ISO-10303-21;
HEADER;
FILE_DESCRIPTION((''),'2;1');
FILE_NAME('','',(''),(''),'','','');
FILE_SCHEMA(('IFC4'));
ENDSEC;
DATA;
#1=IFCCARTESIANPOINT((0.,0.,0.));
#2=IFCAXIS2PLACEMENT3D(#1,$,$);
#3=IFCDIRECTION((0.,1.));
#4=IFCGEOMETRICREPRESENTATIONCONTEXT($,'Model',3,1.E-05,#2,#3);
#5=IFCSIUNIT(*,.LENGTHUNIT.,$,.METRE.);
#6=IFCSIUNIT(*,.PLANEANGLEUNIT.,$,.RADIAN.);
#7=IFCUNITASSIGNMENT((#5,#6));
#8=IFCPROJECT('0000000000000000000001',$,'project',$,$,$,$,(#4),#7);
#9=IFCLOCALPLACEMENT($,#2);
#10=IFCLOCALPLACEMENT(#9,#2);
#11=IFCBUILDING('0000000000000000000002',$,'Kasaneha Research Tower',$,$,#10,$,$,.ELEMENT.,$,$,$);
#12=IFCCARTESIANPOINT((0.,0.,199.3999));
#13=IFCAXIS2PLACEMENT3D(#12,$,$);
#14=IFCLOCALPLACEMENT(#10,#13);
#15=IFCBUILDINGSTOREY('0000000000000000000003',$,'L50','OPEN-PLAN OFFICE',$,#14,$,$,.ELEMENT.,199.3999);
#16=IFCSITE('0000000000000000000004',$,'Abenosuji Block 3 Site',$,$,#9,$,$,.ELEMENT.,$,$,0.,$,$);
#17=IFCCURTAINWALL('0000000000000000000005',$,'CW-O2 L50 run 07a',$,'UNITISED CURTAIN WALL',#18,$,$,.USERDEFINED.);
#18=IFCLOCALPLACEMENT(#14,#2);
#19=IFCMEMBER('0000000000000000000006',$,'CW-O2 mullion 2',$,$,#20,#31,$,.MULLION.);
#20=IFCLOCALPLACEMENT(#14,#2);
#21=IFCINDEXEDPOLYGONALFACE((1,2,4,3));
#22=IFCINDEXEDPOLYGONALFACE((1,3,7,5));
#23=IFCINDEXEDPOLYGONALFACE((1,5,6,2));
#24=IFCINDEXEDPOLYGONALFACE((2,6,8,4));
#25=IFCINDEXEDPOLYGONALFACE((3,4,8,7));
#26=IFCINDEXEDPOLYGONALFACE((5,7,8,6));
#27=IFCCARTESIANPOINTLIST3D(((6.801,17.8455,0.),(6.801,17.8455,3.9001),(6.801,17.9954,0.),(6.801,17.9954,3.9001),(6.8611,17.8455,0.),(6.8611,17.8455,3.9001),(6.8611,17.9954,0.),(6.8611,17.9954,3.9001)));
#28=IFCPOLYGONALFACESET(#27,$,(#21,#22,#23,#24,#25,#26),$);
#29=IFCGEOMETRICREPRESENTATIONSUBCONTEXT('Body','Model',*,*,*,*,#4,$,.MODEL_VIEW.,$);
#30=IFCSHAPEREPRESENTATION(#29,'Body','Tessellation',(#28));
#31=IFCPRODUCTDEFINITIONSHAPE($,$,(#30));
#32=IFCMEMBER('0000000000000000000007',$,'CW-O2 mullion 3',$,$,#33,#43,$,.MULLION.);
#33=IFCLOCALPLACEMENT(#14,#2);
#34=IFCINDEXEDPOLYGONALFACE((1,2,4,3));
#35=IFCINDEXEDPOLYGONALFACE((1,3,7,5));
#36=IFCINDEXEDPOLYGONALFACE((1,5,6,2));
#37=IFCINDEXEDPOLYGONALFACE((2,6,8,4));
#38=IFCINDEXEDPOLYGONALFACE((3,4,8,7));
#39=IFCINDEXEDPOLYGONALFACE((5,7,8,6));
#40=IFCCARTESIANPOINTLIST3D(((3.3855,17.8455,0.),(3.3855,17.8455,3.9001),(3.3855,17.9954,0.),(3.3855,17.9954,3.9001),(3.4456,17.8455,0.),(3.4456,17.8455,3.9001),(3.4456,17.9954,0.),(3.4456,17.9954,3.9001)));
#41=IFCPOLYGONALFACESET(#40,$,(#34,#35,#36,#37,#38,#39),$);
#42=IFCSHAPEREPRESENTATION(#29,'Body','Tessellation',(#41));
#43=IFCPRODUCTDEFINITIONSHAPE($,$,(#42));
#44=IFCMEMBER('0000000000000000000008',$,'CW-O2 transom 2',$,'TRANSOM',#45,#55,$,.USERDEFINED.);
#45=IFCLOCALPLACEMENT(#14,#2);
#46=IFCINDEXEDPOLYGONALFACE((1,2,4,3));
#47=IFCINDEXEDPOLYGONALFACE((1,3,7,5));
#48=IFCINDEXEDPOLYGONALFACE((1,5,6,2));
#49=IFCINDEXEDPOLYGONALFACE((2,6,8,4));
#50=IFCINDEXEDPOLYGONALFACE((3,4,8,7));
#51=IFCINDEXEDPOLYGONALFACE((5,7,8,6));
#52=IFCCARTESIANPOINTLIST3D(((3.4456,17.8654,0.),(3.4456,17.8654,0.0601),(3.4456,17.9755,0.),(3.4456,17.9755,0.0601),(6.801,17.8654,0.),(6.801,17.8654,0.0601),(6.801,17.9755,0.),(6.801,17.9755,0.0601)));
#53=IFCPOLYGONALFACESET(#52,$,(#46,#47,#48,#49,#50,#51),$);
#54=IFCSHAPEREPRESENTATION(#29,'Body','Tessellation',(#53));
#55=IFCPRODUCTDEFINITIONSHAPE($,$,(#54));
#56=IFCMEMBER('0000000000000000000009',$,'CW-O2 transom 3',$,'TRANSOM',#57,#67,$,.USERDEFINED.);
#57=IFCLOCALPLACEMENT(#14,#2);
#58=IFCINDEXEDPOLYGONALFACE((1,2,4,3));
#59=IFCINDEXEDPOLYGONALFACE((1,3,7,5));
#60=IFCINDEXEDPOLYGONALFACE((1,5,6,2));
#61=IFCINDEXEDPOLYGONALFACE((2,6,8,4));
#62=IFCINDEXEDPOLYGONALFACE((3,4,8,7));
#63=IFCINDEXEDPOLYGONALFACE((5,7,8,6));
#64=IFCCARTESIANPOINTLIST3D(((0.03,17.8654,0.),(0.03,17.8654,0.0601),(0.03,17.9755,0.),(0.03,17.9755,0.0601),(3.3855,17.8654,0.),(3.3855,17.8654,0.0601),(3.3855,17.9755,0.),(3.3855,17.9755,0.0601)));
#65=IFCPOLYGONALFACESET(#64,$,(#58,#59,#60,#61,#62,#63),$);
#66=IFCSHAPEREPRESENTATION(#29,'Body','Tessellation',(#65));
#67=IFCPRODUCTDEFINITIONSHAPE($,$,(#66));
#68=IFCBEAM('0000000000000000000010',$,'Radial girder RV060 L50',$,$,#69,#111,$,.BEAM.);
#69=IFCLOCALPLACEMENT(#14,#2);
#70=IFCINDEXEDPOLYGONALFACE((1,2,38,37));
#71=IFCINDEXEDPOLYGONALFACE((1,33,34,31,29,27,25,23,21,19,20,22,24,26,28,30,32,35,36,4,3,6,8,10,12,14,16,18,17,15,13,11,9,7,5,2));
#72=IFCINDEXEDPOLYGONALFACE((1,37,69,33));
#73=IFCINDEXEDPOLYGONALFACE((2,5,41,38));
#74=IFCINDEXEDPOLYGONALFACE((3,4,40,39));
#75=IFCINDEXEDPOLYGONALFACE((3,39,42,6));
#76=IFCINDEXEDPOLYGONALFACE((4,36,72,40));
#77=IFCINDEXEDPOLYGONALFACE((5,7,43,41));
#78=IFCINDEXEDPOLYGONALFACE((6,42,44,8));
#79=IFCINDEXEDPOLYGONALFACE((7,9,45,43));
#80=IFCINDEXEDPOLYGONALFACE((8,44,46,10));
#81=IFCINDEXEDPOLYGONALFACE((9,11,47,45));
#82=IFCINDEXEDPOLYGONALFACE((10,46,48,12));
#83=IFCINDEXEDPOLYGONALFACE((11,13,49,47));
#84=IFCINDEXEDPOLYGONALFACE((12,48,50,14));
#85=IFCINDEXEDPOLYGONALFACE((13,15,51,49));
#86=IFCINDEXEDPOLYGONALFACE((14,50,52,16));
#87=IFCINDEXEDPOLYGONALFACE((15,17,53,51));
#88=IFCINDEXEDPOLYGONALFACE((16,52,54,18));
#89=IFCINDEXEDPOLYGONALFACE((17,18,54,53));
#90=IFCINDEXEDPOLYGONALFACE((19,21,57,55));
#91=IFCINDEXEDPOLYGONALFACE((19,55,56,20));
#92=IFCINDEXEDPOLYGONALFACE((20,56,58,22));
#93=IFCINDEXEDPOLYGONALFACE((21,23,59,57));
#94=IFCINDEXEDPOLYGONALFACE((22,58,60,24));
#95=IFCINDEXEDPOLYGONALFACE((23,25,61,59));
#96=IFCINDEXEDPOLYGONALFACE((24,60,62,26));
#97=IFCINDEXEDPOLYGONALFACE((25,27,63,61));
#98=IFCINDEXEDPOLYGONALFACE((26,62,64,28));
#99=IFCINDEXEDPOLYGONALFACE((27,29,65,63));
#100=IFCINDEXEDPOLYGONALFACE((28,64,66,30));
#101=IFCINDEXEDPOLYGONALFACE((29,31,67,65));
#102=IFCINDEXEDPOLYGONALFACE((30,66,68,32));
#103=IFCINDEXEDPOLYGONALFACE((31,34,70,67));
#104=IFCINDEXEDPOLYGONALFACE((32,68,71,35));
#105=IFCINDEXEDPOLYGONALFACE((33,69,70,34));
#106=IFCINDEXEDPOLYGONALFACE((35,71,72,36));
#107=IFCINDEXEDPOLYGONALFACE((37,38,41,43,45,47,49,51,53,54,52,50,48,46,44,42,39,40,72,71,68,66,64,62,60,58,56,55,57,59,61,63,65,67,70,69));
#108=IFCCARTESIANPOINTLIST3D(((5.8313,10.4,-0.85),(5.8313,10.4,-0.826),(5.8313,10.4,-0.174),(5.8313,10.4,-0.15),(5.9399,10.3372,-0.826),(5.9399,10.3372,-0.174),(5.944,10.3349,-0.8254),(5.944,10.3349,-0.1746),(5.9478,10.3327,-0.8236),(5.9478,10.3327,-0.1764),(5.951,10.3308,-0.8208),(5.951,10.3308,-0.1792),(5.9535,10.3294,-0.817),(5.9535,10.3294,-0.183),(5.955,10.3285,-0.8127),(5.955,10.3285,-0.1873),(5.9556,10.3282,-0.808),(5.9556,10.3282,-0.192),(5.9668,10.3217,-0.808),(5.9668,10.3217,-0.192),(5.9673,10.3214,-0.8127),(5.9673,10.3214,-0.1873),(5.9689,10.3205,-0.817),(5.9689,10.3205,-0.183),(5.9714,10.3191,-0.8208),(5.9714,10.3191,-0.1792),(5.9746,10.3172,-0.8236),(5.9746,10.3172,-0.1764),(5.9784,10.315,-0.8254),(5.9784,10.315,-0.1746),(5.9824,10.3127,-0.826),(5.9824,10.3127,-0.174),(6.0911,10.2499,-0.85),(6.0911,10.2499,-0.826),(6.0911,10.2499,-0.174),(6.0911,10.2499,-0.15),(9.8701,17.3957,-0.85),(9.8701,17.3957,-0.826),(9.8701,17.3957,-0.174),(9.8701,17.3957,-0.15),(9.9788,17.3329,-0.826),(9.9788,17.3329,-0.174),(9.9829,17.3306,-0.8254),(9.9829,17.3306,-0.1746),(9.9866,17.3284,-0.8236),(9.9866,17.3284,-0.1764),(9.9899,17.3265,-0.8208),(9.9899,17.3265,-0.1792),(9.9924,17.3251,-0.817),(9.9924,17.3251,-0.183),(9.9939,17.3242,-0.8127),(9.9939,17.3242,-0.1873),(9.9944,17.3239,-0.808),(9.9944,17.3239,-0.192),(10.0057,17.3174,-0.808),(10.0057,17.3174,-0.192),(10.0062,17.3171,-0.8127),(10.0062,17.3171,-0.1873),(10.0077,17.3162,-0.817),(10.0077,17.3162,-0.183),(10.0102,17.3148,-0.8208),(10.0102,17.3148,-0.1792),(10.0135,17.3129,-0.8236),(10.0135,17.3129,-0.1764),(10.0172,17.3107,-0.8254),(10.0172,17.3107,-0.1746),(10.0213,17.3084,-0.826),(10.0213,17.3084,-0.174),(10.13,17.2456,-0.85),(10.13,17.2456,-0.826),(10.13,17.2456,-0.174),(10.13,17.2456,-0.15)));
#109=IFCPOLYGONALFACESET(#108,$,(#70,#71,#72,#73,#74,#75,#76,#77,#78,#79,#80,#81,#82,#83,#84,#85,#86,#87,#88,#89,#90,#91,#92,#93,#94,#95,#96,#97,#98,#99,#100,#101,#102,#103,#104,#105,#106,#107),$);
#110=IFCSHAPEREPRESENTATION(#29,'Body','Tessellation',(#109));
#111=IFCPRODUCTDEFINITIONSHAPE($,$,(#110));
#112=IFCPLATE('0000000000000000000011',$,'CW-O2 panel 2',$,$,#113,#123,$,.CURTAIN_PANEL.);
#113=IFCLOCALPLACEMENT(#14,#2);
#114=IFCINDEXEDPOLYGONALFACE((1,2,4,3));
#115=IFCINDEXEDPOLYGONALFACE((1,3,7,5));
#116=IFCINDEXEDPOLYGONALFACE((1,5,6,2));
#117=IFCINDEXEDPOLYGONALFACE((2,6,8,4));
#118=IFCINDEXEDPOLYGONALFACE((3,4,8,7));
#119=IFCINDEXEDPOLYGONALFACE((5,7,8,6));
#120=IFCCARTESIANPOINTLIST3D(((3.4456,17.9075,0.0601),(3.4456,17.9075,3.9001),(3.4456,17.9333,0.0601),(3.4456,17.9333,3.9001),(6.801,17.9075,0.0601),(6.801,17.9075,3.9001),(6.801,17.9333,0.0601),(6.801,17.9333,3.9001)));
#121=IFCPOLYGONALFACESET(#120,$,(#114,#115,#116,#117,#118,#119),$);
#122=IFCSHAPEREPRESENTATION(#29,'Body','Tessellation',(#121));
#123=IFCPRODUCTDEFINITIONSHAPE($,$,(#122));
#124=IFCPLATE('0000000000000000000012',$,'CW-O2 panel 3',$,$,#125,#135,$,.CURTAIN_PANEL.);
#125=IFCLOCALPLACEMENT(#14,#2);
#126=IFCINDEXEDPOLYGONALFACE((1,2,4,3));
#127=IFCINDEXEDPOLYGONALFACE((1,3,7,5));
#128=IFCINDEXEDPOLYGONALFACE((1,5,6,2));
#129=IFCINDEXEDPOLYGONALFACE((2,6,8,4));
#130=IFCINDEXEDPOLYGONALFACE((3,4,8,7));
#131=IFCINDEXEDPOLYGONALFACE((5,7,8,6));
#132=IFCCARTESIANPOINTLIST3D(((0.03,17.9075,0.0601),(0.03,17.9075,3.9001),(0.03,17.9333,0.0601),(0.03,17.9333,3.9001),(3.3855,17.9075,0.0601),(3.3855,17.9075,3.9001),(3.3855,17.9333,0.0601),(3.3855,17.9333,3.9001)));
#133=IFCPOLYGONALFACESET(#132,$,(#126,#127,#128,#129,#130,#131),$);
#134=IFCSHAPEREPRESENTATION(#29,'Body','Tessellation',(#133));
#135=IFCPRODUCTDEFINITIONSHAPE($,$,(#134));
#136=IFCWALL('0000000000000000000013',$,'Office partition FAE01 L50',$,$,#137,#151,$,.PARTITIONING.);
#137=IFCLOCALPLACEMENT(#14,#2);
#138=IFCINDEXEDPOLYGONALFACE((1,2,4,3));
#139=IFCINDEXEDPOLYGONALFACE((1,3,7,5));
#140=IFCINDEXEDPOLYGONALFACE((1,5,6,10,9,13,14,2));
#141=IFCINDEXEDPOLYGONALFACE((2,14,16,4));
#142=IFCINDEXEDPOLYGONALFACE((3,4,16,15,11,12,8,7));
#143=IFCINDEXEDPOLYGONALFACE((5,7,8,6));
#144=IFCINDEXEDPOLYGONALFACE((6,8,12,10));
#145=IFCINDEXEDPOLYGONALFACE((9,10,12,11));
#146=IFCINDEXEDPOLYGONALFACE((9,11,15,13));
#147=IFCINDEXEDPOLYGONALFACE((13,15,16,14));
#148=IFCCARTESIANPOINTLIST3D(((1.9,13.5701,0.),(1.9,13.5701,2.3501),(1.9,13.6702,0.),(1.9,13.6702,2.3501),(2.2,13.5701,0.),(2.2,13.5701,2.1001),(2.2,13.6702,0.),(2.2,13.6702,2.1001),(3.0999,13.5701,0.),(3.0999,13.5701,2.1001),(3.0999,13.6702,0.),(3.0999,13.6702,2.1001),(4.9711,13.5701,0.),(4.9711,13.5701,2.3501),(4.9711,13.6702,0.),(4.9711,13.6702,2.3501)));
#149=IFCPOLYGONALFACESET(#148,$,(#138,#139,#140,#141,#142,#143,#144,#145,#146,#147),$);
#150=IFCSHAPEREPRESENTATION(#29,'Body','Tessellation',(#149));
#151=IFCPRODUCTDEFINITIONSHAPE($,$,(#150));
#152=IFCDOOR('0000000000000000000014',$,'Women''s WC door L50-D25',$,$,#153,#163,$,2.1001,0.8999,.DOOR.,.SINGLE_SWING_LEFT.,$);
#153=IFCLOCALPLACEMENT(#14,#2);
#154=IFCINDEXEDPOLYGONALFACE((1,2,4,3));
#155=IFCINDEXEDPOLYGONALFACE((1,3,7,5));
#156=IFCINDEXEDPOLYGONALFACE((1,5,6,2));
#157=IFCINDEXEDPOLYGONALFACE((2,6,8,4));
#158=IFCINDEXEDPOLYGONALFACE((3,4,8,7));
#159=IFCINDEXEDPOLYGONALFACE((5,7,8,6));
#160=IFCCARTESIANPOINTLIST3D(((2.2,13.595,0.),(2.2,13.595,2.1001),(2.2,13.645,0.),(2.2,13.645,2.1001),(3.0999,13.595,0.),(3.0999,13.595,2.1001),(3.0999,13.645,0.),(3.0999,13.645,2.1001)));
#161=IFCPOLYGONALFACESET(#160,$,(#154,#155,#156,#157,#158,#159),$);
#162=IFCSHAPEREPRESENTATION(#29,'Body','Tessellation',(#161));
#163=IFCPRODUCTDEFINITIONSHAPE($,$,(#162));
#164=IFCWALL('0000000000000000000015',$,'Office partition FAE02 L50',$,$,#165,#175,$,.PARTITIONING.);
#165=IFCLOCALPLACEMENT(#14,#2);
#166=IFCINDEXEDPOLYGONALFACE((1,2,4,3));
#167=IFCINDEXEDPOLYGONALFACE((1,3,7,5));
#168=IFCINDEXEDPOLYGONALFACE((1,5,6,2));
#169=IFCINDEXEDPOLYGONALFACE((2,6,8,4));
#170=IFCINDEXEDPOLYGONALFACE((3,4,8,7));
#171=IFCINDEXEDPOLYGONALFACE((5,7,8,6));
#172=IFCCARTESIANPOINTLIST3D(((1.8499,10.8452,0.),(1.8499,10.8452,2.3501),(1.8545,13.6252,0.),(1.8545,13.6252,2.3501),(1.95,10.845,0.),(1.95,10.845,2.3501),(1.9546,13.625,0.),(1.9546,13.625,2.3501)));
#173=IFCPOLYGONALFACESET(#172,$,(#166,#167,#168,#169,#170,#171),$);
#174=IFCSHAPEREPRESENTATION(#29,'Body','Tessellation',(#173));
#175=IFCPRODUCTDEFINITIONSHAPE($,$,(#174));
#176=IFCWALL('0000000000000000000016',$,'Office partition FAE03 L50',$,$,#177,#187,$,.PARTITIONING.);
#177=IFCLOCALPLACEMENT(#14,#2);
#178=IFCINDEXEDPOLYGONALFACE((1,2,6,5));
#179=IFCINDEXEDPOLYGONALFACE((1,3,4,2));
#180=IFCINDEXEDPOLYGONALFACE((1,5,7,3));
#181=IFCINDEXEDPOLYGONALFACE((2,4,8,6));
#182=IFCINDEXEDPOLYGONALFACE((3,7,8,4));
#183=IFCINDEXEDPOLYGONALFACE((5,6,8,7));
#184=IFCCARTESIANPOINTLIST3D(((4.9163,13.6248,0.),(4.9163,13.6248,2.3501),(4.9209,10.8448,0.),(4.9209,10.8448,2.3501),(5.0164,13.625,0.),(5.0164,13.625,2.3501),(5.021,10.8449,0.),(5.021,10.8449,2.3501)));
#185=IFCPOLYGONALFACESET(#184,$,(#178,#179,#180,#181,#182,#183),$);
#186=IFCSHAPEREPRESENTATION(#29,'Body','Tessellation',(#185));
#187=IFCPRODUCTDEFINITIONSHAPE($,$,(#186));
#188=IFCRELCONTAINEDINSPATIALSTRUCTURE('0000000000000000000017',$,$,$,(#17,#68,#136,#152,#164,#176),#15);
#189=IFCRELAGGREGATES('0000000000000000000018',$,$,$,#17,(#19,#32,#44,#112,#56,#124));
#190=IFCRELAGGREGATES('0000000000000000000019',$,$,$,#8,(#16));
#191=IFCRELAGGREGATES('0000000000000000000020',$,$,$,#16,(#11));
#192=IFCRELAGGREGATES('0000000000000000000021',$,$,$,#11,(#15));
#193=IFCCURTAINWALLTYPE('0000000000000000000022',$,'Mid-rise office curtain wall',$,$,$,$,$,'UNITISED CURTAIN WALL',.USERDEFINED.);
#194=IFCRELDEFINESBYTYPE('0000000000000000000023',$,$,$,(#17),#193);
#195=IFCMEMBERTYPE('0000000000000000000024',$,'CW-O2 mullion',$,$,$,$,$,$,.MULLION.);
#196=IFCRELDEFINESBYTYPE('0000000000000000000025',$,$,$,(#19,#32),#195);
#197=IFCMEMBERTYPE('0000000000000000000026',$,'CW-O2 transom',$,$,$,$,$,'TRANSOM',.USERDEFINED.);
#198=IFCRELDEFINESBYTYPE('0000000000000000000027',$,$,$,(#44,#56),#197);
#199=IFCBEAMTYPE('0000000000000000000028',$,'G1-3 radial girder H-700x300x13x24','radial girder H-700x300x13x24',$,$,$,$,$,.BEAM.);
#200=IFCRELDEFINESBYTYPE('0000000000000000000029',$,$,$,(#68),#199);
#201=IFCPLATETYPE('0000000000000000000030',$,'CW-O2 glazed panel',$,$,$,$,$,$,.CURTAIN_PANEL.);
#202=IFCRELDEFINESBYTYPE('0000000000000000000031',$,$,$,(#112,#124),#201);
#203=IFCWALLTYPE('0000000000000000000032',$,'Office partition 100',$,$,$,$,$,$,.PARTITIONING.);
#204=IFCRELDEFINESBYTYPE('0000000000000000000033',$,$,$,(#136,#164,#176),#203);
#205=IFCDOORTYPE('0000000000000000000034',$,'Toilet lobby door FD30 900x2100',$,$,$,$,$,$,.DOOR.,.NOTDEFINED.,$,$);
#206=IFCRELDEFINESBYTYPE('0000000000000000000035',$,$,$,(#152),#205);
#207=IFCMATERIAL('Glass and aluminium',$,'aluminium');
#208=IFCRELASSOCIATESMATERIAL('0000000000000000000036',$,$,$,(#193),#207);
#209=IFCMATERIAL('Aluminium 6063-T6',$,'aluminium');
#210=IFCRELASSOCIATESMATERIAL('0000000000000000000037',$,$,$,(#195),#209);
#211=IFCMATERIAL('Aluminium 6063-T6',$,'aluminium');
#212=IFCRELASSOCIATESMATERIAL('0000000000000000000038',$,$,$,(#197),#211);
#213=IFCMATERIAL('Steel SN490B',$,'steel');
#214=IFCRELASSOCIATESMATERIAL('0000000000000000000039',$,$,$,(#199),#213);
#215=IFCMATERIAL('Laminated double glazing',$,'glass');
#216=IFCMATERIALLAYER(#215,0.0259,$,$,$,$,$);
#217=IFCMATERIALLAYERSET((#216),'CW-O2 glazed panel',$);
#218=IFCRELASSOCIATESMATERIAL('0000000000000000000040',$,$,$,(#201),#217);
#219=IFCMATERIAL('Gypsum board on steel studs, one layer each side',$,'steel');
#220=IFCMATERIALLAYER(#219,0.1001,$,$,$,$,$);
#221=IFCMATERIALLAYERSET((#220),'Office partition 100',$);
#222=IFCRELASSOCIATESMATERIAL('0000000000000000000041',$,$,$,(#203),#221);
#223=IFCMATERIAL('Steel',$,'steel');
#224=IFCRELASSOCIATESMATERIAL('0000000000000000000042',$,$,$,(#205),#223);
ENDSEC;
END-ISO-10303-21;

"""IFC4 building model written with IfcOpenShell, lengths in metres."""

from ifc_helpers import new_model, si_unit, direction, frame, frame_2d, origin, origin_2d, place, context, subcontext, project, spatial, rectangle, i_section, extrude, material, layer, layer_set, material_profile, profile_set, type_object, element, fill, aggregate, save


model = new_model("IFC4")

# Units and contexts
model_context = context("Model", 3, precision=1e-05, world=origin(), true_north=direction((0.0, 1.0)))
body_context = subcontext(model_context, "Body", "Model", "MODEL_VIEW")
ifc_project = project(units=[si_unit("LENGTHUNIT", "METRE"), si_unit("PLANEANGLEUNIT", "RADIAN")], contexts=[model_context])

# Site, building, storey
site_placement = place(None, origin())
site = spatial("IfcSite", under=ifc_project, at=site_placement, Name="Abenosuji Block 3 Site", CompositionType="ELEMENT", RefElevation=0.0)
building_placement = place(site_placement, origin())
building = spatial("IfcBuilding", under=site, at=building_placement, Name="Kasaneha Research Tower", CompositionType="ELEMENT")
storey_placement = place(building_placement, frame((0.0, 0.0, 199.3999)))
storey = spatial("IfcBuildingStorey", under=building, at=storey_placement, Name="L50", Description="OPEN-PLAN OFFICE", CompositionType="ELEMENT", Elevation=199.3999)

# Curtain wall, members
ifc_material_1 = material(Name="Glass and aluminium", Category="aluminium")
curtain_wall_type = type_object("IfcCurtainWallType", Name="Mid-rise office curtain wall", ElementType="UNITISED CURTAIN WALL", PredefinedType="USERDEFINED", material=ifc_material_1)
curtain_wall_placement = place(storey_placement, origin())
curtain_wall = element("IfcCurtainWall", 1, at=curtain_wall_placement, inside=storey, type_object=curtain_wall_type, Name="CW-O2 L50 run 07a", ObjectType="UNITISED CURTAIN WALL", PredefinedType="USERDEFINED")
ifc_material_2 = material(Name="Aluminium 6063-T6", Category="aluminium")
ifc_material_profile_1 = material_profile(ifc_material_2, rectangle(XDim=0.0601, YDim=0.1499, at=origin_2d()), Name="CW-O2 mullion 60x150")
ifc_profile_set_1 = profile_set([ifc_material_profile_1], Name="Aluminium 6063-T6")
member_type_1 = type_object("IfcMemberType", Name="CW-O2 mullion", PredefinedType="MULLION", material=ifc_profile_set_1)
member_1_placement = place(storey_placement, frame((6.8311, 17.9204, 0.0), z_axis=(0.0, 0.0, 1.0), x_axis=(-1.0, 0.0, 0.0)))
member_1 = element("IfcMember", 2, at=member_1_placement, type_object=member_type_1, Name="CW-O2 mullion 2", PredefinedType="MULLION", context=body_context, shape_type="SweptSolid", body=[
    extrude(rectangle(XDim=0.0601, YDim=0.1499, at=origin_2d()), origin(), (0.0, 0.0, 1.0), 3.9001),
])
member_2_placement = place(storey_placement, frame((3.4155, 17.9204, 0.0), z_axis=(0.0, 0.0, 1.0), x_axis=(-1.0, 0.0, 0.0)))
member_2 = element("IfcMember", 3, at=member_2_placement, type_object=member_type_1, Name="CW-O2 mullion 3", PredefinedType="MULLION", context=body_context, shape_type="SweptSolid", body=[
    extrude(rectangle(XDim=0.0601, YDim=0.1499, at=origin_2d()), origin(), (0.0, 0.0, 1.0), 3.9001),
])
ifc_material_3 = material(Name="Aluminium 6063-T6", Category="aluminium")
ifc_material_profile_2 = material_profile(ifc_material_3, rectangle(XDim=0.1101, YDim=0.0601, at=origin_2d()), Name="CW-O2 transom 110x60")
ifc_profile_set_2 = profile_set([ifc_material_profile_2], Name="Aluminium 6063-T6")
member_type_2 = type_object("IfcMemberType", Name="CW-O2 transom", ElementType="TRANSOM", PredefinedType="USERDEFINED", material=ifc_profile_set_2)
member_3_placement = place(storey_placement, frame((6.801, 17.9204, 0.03), z_axis=(-1.0, 0.0, 0.0), x_axis=(0.0, -1.0, 0.0)))
member_3 = element("IfcMember", 4, at=member_3_placement, type_object=member_type_2, Name="CW-O2 transom 2", ObjectType="TRANSOM", PredefinedType="USERDEFINED", context=body_context, shape_type="SweptSolid", body=[
    extrude(rectangle(XDim=0.1101, YDim=0.0601, at=origin_2d()), origin(), (0.0, 0.0, 1.0), 3.3555),
])
member_4_placement = place(storey_placement, frame((3.3855, 17.9204, 0.03), z_axis=(-1.0, 0.0, 0.0), x_axis=(0.0, -1.0, 0.0)))
member_4 = element("IfcMember", 5, at=member_4_placement, type_object=member_type_2, Name="CW-O2 transom 3", ObjectType="TRANSOM", PredefinedType="USERDEFINED", context=body_context, shape_type="SweptSolid", body=[
    extrude(rectangle(XDim=0.1101, YDim=0.0601, at=origin_2d()), origin(), (0.0, 0.0, 1.0), 3.3555),
])

# Beam
ifc_material_4 = material(Name="Steel SN490B", Category="steel")
ifc_material_profile_3 = material_profile(ifc_material_4, i_section(OverallWidth=0.3, OverallDepth=0.7, WebThickness=0.0129, FlangeThickness=0.0239, FilletRadius=0.0181, at=origin_2d()), Name="H-700x300x13x24")
ifc_profile_set_3 = profile_set([ifc_material_profile_3], Name="Steel SN490B")
beam_type = type_object("IfcBeamType", Name="G1-3 radial girder H-700x300x13x24", Description="radial girder H-700x300x13x24", PredefinedType="BEAM", material=ifc_profile_set_3)
beam_placement = place(storey_placement, frame((5.9612, 10.325, -0.5), z_axis=(0.499991, 0.866031, 0.0), x_axis=(-0.866031, 0.499991, 0.0)))
element("IfcBeam", 6, at=beam_placement, inside=storey, type_object=beam_type, Name="Radial girder RV060 L50", PredefinedType="BEAM", context=body_context, shape_type="SweptSolid", body=[
    extrude(i_section(OverallWidth=0.3, OverallDepth=0.7, WebThickness=0.0129, FlangeThickness=0.0239, FilletRadius=0.0181, at=origin_2d()), origin(), (0.0, 0.0, 1.0), 8.0779),
])

# Plates
ifc_material_5 = material(Name="Laminated double glazing", Category="glass")
ifc_layer_1 = layer(ifc_material_5, 0.0259)
ifc_layer_set_1 = layer_set([ifc_layer_1], Name="CW-O2 glazed panel")
plate_type = type_object("IfcPlateType", Name="CW-O2 glazed panel", PredefinedType="CURTAIN_PANEL", material=ifc_layer_set_1)
plate_1_placement = place(storey_placement, frame((5.1233, 17.9204, 0.0601), z_axis=(0.0, 0.0, 1.0), x_axis=(-1.0, 0.0, 0.0)))
plate_1 = element("IfcPlate", 7, at=plate_1_placement, type_object=plate_type, Name="CW-O2 panel 2", PredefinedType="CURTAIN_PANEL", context=body_context, shape_type="SweptSolid", body=[
    extrude(rectangle(XDim=3.3555, YDim=0.0259, at=origin_2d()), origin(), (0.0, 0.0, 1.0), 3.8401),
])
plate_2_placement = place(storey_placement, frame((1.7078, 17.9204, 0.0601), z_axis=(0.0, 0.0, 1.0), x_axis=(-1.0, 0.0, 0.0)))
plate_2 = element("IfcPlate", 8, at=plate_2_placement, type_object=plate_type, Name="CW-O2 panel 3", PredefinedType="CURTAIN_PANEL", context=body_context, shape_type="SweptSolid", body=[
    extrude(rectangle(XDim=3.3555, YDim=0.0259, at=origin_2d()), origin(), (0.0, 0.0, 1.0), 3.8401),
])
aggregate(curtain_wall, [member_1, member_2, member_3, plate_1, member_4, plate_2])

# Wall, opening, door
ifc_material_6 = material(Name="Gypsum board on steel studs, one layer each side", Category="steel")
ifc_layer_2 = layer(ifc_material_6, 0.1001)
ifc_layer_set_2 = layer_set([ifc_layer_2], Name="Office partition 100")
wall_type_1 = type_object("IfcWallType", Name="Office partition 100", PredefinedType="PARTITIONING", material=ifc_layer_set_2)
wall_1_placement = place(storey_placement, frame((1.8999, 13.6201, 0.0), z_axis=(0.0, 0.0, 1.0), x_axis=(1.0, 0.0, 0.0)))
wall_1 = element("IfcWall", 9, at=wall_1_placement, inside=storey, type_object=wall_type_1, Name="Office partition FAE01 L50", PredefinedType="PARTITIONING", context=body_context, shape_type="SweptSolid", body=[
    extrude(rectangle(XDim=3.071, YDim=0.1001, at=frame_2d((1.5356, 0.0))), origin(), (0.0, 0.0, 1.0), 2.3501),
])
opening_1_placement = place(wall_1_placement, frame((0.3, 0.0, 0.0)))
opening_1 = element("IfcOpeningElement", 10, at=opening_1_placement, cuts=wall_1, PredefinedType="OPENING", context=body_context, shape_type="SweptSolid", body=[
    extrude(rectangle(XDim=0.8999, YDim=2.1001, at=frame_2d((0.45, 1.05))), frame((0.0, 0.0601, 0.0), z_axis=(0.0, -1.0, 0.0), x_axis=(1.0, 0.0, 0.0)), (0.0, 0.0, 1.0), 0.1201),
])
ifc_material_7 = material(Name="Steel", Category="steel")
door_type = type_object("IfcDoorType", Name="Toilet lobby door FD30 900x2100", OperationType="NOTDEFINED", PredefinedType="DOOR", material=ifc_material_7)
door_1_placement = place(opening_1_placement, origin())
door_1 = element("IfcDoor", 11, at=door_1_placement, inside=storey, type_object=door_type, Name="Women's WC door L50-D25", OperationType="SINGLE_SWING_LEFT", OverallHeight=2.1001, OverallWidth=0.8999, PredefinedType="DOOR", context=body_context, shape_type="SweptSolid", body=[
    extrude(rectangle(XDim=0.8999, YDim=2.1001, at=frame_2d((0.45, 1.05))), frame((0.0, 0.0249, 0.0), z_axis=(0.0, -1.0, 0.0), x_axis=(1.0, 0.0, 0.0)), (0.0, 0.0, 1.0), 0.05),
])
fill(opening_1, door_1)

# Walls
for number, where, z_axis, x_axis, name in (
    (12, (1.8999, 10.845, 0.0), (0.0, 0.0, 1.0), (0.001669, 0.999999, 0.0), "Office partition FAE02 L50"),
    (13, (4.9663, 13.625, 0.0), (0.0, 0.0, 1.0), (0.001669, -0.999999, 0.0), "Office partition FAE03 L50"),
):
    element("IfcWall", number, at=place(storey_placement, frame(where, z_axis=z_axis, x_axis=x_axis)), inside=storey, type_object=wall_type_1, Name=name, PredefinedType="PARTITIONING", context=body_context, shape_type="SweptSolid", body=[
        extrude(rectangle(XDim=2.78, YDim=0.1001, at=frame_2d((1.3901, 0.0))), origin(), (0.0, 0.0, 1.0), 2.3501),
    ])

save(model, "model.ifc")
